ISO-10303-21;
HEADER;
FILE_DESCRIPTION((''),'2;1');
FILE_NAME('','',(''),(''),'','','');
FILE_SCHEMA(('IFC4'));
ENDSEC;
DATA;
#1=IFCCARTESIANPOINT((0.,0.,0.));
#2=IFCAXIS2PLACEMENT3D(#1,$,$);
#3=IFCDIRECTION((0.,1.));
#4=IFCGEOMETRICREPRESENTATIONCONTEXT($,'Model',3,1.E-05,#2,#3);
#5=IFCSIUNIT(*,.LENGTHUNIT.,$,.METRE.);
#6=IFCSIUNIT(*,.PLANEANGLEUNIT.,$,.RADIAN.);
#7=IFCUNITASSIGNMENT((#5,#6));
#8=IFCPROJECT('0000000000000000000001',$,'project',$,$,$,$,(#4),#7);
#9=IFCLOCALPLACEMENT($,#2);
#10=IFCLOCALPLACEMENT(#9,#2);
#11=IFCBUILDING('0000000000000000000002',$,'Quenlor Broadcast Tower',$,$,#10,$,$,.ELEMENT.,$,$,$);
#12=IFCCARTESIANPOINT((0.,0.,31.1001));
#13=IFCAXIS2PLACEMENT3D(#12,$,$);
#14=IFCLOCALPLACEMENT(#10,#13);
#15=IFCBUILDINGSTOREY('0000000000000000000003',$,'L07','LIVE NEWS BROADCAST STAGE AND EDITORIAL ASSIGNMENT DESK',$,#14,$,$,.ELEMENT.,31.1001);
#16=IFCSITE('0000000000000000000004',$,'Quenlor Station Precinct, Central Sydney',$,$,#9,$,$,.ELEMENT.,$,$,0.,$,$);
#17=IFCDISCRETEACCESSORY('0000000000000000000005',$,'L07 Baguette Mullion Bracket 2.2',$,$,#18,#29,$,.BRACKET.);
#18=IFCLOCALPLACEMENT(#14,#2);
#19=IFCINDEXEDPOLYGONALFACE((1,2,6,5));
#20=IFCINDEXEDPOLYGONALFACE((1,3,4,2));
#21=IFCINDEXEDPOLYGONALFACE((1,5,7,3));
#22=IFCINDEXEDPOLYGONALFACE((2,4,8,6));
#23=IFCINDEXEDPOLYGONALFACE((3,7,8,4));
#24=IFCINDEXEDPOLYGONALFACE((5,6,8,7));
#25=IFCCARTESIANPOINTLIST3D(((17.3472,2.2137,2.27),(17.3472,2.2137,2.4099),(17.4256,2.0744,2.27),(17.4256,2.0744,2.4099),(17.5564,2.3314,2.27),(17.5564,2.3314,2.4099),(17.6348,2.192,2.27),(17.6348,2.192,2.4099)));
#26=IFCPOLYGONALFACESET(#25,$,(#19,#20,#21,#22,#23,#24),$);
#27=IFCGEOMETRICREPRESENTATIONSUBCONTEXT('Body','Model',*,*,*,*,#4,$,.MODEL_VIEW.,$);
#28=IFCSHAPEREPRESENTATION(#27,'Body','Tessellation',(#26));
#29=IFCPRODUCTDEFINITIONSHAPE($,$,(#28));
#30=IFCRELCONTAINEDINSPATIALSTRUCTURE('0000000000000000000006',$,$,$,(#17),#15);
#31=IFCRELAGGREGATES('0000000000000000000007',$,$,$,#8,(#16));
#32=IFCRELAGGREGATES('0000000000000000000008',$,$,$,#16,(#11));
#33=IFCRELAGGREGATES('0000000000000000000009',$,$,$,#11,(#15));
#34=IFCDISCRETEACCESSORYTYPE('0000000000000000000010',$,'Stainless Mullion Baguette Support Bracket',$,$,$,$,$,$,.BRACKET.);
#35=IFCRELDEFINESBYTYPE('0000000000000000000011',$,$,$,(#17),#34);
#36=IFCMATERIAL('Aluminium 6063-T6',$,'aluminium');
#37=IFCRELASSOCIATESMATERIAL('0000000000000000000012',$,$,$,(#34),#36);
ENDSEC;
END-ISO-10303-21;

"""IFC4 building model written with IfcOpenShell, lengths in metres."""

from ifc_helpers import new_model, si_unit, direction, frame, origin, origin_2d, place, context, subcontext, project, spatial, rectangle, extrude, material, type_object, element, save


model = new_model("IFC4")

# Units and contexts
model_context = context("Model", 3, precision=1e-05, world=origin(), true_north=direction((0.0, 1.0)))
body_context = subcontext(model_context, "Body", "Model", "MODEL_VIEW")
ifc_project = project(units=[si_unit("LENGTHUNIT", "METRE"), si_unit("PLANEANGLEUNIT", "RADIAN")], contexts=[model_context])

# Site, building, storey
site_placement = place(None, origin())
site = spatial("IfcSite", under=ifc_project, at=site_placement, Name="Quenlor Station Precinct, Central Sydney", CompositionType="ELEMENT", RefElevation=0.0)
building_placement = place(site_placement, origin())
building = spatial("IfcBuilding", under=site, at=building_placement, Name="Quenlor Broadcast Tower", CompositionType="ELEMENT")
storey_placement = place(building_placement, frame((0.0, 0.0, 31.1001)))
storey = spatial("IfcBuildingStorey", under=building, at=storey_placement, Name="L07", Description="LIVE NEWS BROADCAST STAGE AND EDITORIAL ASSIGNMENT DESK", CompositionType="ELEMENT", Elevation=31.1001)

# Discrete accessory
ifc_material_1 = material(Name="Aluminium 6063-T6", Category="aluminium")
discrete_accessory_type = type_object("IfcDiscreteAccessoryType", Name="Stainless Mullion Baguette Support Bracket", PredefinedType="BRACKET", material=ifc_material_1)
for number, where, z_axis, x_axis, name in (
    (1, (17.491, 2.2029, 2.27), (0.0, 0.0, 1.0), (0.490274, -0.871568, 0.0), "L07 Baguette Mullion Bracket 2.2"),
):
    element("IfcDiscreteAccessory", number, at=place(storey_placement, frame(where, z_axis=z_axis, x_axis=x_axis)), inside=storey, type_object=discrete_accessory_type, Name=name, PredefinedType="BRACKET", context=body_context, shape_type="SweptSolid", body=[
        extrude(rectangle(XDim=0.1599, YDim=0.24, at=origin_2d()), origin(), (0.0, 0.0, 1.0), 0.1399),
    ])

save(model, "model.ifc")
